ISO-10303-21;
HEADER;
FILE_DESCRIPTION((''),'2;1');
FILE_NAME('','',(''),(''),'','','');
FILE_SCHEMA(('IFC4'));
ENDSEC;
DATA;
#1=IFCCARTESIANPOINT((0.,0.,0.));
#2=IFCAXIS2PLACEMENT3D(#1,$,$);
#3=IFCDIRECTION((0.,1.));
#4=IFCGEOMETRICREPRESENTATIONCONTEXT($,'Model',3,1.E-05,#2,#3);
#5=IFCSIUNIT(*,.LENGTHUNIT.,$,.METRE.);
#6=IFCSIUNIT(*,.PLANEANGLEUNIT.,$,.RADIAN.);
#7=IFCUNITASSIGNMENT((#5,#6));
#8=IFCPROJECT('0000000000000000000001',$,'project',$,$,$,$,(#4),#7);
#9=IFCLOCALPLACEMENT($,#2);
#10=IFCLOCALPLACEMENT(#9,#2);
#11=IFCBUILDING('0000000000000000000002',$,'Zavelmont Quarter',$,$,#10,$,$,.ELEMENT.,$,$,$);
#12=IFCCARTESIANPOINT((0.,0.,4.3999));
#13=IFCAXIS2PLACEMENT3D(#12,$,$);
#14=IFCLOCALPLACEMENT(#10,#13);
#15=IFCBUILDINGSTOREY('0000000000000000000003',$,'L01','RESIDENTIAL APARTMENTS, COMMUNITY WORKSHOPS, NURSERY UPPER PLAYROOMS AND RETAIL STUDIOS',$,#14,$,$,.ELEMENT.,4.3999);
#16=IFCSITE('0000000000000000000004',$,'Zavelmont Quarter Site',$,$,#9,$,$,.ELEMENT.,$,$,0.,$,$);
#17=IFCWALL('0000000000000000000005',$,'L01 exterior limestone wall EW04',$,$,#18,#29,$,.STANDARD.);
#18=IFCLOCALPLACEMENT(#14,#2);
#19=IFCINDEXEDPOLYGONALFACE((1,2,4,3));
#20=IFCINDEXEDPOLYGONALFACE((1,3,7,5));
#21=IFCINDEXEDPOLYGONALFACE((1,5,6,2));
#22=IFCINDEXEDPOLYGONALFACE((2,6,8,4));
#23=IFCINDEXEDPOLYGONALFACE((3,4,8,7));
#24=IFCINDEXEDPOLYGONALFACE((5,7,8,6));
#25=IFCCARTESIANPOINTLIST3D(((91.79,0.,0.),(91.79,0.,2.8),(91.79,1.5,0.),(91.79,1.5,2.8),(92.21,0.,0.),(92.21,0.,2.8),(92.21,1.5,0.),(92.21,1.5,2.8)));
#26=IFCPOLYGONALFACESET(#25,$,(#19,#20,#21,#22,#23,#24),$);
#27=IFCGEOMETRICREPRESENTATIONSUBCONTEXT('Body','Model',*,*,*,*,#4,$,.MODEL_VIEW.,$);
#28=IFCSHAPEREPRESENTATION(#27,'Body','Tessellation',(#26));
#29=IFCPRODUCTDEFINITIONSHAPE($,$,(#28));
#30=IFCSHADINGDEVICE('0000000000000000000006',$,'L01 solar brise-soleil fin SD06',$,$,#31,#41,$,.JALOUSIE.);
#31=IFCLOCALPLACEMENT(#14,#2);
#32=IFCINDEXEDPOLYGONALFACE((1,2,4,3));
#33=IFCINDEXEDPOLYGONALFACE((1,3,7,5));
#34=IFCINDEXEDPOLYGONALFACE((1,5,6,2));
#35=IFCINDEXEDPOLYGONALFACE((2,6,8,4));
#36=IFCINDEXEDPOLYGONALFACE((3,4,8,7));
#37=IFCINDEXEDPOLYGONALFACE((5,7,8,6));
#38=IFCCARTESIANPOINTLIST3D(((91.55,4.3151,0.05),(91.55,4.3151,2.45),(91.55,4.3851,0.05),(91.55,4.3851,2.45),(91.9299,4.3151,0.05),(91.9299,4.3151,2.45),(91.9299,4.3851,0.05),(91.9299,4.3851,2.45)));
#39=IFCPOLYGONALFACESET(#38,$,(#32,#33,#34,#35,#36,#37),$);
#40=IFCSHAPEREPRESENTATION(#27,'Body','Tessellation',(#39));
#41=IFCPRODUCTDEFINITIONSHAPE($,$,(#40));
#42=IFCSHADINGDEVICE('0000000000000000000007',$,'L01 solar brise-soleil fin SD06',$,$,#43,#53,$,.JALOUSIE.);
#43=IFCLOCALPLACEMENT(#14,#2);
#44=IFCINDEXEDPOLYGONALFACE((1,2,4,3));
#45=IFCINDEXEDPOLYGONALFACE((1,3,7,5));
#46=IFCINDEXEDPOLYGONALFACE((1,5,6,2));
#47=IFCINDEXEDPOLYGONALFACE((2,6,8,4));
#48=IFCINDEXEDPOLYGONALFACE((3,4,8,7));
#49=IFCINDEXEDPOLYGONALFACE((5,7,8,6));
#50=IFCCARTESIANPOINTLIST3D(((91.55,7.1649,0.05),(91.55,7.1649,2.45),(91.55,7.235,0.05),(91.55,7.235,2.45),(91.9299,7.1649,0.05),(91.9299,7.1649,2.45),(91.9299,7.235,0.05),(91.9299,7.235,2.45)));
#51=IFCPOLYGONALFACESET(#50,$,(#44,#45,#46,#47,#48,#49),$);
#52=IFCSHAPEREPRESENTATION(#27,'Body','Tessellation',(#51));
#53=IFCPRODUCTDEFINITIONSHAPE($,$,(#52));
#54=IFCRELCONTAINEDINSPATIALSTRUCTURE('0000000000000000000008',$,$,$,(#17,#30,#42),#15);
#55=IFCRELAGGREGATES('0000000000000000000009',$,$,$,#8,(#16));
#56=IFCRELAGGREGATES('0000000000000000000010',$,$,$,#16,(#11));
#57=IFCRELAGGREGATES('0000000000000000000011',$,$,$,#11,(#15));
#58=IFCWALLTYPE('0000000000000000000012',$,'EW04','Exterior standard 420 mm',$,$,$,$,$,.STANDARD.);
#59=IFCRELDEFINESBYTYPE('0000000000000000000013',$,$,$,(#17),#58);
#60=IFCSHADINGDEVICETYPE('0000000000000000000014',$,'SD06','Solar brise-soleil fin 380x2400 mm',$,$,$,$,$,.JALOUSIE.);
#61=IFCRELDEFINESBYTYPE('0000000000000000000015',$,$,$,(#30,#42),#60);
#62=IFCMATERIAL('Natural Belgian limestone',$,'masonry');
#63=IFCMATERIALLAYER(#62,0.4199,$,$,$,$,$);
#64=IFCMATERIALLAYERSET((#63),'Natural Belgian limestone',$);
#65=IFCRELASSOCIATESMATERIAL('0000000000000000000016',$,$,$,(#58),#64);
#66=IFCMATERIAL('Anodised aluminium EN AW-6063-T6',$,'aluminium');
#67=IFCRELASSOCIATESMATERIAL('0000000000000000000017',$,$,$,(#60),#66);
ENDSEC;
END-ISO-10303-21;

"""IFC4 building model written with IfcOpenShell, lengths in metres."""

from ifc_helpers import new_model, si_unit, direction, frame, frame_2d, origin, origin_2d, place, context, subcontext, project, spatial, rectangle, extrude, material, layer, layer_set, type_object, element, save


model = new_model("IFC4")

# Units and contexts
model_context = context("Model", 3, precision=1e-05, world=origin(), true_north=direction((0.0, 1.0)))
body_context = subcontext(model_context, "Body", "Model", "MODEL_VIEW")
ifc_project = project(units=[si_unit("LENGTHUNIT", "METRE"), si_unit("PLANEANGLEUNIT", "RADIAN")], contexts=[model_context])

# Site, building, storey
site_placement = place(None, origin())
site = spatial("IfcSite", under=ifc_project, at=site_placement, Name="Zavelmont Quarter Site", CompositionType="ELEMENT", RefElevation=0.0)
building_placement = place(site_placement, origin())
building = spatial("IfcBuilding", under=site, at=building_placement, Name="Zavelmont Quarter", CompositionType="ELEMENT")
storey_placement = place(building_placement, frame((0.0, 0.0, 4.3999)))
storey = spatial("IfcBuildingStorey", under=building, at=storey_placement, Name="L01", Description="RESIDENTIAL APARTMENTS, COMMUNITY WORKSHOPS, NURSERY UPPER PLAYROOMS AND RETAIL STUDIOS", CompositionType="ELEMENT", Elevation=4.3999)

# Wall
ifc_material_1 = material(Name="Natural Belgian limestone", Category="masonry")
ifc_layer_1 = layer(ifc_material_1, 0.4199)
ifc_layer_set_1 = layer_set([ifc_layer_1], Name="Natural Belgian limestone")
wall_type = type_object("IfcWallType", Name="EW04", Description="Exterior standard 420 mm", PredefinedType="STANDARD", material=ifc_layer_set_1)
wall_1_placement = place(storey_placement, frame((92.0, 0.0, 0.0), z_axis=(0.0, 0.0, 1.0), x_axis=(0.0, 1.0, 0.0)))
element("IfcWall", 1, at=wall_1_placement, inside=storey, type_object=wall_type, Name="L01 exterior limestone wall EW04", PredefinedType="STANDARD", context=body_context, shape_type="SweptSolid", body=[
    extrude(rectangle(XDim=1.5, YDim=0.4199, at=frame_2d((0.75, 0.0))), origin(), (0.0, 0.0, 1.0), 2.8),
])

# Shading devices
ifc_material_2 = material(Name="Anodised aluminium EN AW-6063-T6", Category="aluminium")
shading_device_type = type_object("IfcShadingDeviceType", Name="SD06", Description="Solar brise-soleil fin 380x2400 mm", PredefinedType="JALOUSIE", material=ifc_material_2)
for number, where, z_axis, x_axis, name in (
    (2, (91.74, 4.3501, 0.05), (0.0, 0.0, 1.0), (0.0, 1.0, 0.0), "L01 solar brise-soleil fin SD06"),
    (3, (91.74, 7.2, 0.05), (0.0, 0.0, 1.0), (0.0, 1.0, 0.0), "L01 solar brise-soleil fin SD06"),
):
    element("IfcShadingDevice", number, at=place(storey_placement, frame(where, z_axis=z_axis, x_axis=x_axis)), inside=storey, type_object=shading_device_type, Name=name, PredefinedType="JALOUSIE", context=body_context, shape_type="SweptSolid", body=[
        extrude(rectangle(XDim=0.0701, YDim=0.3799, at=origin_2d()), origin(), (0.0, 0.0, 1.0), 2.3999),
    ])

save(model, "model.ifc")
